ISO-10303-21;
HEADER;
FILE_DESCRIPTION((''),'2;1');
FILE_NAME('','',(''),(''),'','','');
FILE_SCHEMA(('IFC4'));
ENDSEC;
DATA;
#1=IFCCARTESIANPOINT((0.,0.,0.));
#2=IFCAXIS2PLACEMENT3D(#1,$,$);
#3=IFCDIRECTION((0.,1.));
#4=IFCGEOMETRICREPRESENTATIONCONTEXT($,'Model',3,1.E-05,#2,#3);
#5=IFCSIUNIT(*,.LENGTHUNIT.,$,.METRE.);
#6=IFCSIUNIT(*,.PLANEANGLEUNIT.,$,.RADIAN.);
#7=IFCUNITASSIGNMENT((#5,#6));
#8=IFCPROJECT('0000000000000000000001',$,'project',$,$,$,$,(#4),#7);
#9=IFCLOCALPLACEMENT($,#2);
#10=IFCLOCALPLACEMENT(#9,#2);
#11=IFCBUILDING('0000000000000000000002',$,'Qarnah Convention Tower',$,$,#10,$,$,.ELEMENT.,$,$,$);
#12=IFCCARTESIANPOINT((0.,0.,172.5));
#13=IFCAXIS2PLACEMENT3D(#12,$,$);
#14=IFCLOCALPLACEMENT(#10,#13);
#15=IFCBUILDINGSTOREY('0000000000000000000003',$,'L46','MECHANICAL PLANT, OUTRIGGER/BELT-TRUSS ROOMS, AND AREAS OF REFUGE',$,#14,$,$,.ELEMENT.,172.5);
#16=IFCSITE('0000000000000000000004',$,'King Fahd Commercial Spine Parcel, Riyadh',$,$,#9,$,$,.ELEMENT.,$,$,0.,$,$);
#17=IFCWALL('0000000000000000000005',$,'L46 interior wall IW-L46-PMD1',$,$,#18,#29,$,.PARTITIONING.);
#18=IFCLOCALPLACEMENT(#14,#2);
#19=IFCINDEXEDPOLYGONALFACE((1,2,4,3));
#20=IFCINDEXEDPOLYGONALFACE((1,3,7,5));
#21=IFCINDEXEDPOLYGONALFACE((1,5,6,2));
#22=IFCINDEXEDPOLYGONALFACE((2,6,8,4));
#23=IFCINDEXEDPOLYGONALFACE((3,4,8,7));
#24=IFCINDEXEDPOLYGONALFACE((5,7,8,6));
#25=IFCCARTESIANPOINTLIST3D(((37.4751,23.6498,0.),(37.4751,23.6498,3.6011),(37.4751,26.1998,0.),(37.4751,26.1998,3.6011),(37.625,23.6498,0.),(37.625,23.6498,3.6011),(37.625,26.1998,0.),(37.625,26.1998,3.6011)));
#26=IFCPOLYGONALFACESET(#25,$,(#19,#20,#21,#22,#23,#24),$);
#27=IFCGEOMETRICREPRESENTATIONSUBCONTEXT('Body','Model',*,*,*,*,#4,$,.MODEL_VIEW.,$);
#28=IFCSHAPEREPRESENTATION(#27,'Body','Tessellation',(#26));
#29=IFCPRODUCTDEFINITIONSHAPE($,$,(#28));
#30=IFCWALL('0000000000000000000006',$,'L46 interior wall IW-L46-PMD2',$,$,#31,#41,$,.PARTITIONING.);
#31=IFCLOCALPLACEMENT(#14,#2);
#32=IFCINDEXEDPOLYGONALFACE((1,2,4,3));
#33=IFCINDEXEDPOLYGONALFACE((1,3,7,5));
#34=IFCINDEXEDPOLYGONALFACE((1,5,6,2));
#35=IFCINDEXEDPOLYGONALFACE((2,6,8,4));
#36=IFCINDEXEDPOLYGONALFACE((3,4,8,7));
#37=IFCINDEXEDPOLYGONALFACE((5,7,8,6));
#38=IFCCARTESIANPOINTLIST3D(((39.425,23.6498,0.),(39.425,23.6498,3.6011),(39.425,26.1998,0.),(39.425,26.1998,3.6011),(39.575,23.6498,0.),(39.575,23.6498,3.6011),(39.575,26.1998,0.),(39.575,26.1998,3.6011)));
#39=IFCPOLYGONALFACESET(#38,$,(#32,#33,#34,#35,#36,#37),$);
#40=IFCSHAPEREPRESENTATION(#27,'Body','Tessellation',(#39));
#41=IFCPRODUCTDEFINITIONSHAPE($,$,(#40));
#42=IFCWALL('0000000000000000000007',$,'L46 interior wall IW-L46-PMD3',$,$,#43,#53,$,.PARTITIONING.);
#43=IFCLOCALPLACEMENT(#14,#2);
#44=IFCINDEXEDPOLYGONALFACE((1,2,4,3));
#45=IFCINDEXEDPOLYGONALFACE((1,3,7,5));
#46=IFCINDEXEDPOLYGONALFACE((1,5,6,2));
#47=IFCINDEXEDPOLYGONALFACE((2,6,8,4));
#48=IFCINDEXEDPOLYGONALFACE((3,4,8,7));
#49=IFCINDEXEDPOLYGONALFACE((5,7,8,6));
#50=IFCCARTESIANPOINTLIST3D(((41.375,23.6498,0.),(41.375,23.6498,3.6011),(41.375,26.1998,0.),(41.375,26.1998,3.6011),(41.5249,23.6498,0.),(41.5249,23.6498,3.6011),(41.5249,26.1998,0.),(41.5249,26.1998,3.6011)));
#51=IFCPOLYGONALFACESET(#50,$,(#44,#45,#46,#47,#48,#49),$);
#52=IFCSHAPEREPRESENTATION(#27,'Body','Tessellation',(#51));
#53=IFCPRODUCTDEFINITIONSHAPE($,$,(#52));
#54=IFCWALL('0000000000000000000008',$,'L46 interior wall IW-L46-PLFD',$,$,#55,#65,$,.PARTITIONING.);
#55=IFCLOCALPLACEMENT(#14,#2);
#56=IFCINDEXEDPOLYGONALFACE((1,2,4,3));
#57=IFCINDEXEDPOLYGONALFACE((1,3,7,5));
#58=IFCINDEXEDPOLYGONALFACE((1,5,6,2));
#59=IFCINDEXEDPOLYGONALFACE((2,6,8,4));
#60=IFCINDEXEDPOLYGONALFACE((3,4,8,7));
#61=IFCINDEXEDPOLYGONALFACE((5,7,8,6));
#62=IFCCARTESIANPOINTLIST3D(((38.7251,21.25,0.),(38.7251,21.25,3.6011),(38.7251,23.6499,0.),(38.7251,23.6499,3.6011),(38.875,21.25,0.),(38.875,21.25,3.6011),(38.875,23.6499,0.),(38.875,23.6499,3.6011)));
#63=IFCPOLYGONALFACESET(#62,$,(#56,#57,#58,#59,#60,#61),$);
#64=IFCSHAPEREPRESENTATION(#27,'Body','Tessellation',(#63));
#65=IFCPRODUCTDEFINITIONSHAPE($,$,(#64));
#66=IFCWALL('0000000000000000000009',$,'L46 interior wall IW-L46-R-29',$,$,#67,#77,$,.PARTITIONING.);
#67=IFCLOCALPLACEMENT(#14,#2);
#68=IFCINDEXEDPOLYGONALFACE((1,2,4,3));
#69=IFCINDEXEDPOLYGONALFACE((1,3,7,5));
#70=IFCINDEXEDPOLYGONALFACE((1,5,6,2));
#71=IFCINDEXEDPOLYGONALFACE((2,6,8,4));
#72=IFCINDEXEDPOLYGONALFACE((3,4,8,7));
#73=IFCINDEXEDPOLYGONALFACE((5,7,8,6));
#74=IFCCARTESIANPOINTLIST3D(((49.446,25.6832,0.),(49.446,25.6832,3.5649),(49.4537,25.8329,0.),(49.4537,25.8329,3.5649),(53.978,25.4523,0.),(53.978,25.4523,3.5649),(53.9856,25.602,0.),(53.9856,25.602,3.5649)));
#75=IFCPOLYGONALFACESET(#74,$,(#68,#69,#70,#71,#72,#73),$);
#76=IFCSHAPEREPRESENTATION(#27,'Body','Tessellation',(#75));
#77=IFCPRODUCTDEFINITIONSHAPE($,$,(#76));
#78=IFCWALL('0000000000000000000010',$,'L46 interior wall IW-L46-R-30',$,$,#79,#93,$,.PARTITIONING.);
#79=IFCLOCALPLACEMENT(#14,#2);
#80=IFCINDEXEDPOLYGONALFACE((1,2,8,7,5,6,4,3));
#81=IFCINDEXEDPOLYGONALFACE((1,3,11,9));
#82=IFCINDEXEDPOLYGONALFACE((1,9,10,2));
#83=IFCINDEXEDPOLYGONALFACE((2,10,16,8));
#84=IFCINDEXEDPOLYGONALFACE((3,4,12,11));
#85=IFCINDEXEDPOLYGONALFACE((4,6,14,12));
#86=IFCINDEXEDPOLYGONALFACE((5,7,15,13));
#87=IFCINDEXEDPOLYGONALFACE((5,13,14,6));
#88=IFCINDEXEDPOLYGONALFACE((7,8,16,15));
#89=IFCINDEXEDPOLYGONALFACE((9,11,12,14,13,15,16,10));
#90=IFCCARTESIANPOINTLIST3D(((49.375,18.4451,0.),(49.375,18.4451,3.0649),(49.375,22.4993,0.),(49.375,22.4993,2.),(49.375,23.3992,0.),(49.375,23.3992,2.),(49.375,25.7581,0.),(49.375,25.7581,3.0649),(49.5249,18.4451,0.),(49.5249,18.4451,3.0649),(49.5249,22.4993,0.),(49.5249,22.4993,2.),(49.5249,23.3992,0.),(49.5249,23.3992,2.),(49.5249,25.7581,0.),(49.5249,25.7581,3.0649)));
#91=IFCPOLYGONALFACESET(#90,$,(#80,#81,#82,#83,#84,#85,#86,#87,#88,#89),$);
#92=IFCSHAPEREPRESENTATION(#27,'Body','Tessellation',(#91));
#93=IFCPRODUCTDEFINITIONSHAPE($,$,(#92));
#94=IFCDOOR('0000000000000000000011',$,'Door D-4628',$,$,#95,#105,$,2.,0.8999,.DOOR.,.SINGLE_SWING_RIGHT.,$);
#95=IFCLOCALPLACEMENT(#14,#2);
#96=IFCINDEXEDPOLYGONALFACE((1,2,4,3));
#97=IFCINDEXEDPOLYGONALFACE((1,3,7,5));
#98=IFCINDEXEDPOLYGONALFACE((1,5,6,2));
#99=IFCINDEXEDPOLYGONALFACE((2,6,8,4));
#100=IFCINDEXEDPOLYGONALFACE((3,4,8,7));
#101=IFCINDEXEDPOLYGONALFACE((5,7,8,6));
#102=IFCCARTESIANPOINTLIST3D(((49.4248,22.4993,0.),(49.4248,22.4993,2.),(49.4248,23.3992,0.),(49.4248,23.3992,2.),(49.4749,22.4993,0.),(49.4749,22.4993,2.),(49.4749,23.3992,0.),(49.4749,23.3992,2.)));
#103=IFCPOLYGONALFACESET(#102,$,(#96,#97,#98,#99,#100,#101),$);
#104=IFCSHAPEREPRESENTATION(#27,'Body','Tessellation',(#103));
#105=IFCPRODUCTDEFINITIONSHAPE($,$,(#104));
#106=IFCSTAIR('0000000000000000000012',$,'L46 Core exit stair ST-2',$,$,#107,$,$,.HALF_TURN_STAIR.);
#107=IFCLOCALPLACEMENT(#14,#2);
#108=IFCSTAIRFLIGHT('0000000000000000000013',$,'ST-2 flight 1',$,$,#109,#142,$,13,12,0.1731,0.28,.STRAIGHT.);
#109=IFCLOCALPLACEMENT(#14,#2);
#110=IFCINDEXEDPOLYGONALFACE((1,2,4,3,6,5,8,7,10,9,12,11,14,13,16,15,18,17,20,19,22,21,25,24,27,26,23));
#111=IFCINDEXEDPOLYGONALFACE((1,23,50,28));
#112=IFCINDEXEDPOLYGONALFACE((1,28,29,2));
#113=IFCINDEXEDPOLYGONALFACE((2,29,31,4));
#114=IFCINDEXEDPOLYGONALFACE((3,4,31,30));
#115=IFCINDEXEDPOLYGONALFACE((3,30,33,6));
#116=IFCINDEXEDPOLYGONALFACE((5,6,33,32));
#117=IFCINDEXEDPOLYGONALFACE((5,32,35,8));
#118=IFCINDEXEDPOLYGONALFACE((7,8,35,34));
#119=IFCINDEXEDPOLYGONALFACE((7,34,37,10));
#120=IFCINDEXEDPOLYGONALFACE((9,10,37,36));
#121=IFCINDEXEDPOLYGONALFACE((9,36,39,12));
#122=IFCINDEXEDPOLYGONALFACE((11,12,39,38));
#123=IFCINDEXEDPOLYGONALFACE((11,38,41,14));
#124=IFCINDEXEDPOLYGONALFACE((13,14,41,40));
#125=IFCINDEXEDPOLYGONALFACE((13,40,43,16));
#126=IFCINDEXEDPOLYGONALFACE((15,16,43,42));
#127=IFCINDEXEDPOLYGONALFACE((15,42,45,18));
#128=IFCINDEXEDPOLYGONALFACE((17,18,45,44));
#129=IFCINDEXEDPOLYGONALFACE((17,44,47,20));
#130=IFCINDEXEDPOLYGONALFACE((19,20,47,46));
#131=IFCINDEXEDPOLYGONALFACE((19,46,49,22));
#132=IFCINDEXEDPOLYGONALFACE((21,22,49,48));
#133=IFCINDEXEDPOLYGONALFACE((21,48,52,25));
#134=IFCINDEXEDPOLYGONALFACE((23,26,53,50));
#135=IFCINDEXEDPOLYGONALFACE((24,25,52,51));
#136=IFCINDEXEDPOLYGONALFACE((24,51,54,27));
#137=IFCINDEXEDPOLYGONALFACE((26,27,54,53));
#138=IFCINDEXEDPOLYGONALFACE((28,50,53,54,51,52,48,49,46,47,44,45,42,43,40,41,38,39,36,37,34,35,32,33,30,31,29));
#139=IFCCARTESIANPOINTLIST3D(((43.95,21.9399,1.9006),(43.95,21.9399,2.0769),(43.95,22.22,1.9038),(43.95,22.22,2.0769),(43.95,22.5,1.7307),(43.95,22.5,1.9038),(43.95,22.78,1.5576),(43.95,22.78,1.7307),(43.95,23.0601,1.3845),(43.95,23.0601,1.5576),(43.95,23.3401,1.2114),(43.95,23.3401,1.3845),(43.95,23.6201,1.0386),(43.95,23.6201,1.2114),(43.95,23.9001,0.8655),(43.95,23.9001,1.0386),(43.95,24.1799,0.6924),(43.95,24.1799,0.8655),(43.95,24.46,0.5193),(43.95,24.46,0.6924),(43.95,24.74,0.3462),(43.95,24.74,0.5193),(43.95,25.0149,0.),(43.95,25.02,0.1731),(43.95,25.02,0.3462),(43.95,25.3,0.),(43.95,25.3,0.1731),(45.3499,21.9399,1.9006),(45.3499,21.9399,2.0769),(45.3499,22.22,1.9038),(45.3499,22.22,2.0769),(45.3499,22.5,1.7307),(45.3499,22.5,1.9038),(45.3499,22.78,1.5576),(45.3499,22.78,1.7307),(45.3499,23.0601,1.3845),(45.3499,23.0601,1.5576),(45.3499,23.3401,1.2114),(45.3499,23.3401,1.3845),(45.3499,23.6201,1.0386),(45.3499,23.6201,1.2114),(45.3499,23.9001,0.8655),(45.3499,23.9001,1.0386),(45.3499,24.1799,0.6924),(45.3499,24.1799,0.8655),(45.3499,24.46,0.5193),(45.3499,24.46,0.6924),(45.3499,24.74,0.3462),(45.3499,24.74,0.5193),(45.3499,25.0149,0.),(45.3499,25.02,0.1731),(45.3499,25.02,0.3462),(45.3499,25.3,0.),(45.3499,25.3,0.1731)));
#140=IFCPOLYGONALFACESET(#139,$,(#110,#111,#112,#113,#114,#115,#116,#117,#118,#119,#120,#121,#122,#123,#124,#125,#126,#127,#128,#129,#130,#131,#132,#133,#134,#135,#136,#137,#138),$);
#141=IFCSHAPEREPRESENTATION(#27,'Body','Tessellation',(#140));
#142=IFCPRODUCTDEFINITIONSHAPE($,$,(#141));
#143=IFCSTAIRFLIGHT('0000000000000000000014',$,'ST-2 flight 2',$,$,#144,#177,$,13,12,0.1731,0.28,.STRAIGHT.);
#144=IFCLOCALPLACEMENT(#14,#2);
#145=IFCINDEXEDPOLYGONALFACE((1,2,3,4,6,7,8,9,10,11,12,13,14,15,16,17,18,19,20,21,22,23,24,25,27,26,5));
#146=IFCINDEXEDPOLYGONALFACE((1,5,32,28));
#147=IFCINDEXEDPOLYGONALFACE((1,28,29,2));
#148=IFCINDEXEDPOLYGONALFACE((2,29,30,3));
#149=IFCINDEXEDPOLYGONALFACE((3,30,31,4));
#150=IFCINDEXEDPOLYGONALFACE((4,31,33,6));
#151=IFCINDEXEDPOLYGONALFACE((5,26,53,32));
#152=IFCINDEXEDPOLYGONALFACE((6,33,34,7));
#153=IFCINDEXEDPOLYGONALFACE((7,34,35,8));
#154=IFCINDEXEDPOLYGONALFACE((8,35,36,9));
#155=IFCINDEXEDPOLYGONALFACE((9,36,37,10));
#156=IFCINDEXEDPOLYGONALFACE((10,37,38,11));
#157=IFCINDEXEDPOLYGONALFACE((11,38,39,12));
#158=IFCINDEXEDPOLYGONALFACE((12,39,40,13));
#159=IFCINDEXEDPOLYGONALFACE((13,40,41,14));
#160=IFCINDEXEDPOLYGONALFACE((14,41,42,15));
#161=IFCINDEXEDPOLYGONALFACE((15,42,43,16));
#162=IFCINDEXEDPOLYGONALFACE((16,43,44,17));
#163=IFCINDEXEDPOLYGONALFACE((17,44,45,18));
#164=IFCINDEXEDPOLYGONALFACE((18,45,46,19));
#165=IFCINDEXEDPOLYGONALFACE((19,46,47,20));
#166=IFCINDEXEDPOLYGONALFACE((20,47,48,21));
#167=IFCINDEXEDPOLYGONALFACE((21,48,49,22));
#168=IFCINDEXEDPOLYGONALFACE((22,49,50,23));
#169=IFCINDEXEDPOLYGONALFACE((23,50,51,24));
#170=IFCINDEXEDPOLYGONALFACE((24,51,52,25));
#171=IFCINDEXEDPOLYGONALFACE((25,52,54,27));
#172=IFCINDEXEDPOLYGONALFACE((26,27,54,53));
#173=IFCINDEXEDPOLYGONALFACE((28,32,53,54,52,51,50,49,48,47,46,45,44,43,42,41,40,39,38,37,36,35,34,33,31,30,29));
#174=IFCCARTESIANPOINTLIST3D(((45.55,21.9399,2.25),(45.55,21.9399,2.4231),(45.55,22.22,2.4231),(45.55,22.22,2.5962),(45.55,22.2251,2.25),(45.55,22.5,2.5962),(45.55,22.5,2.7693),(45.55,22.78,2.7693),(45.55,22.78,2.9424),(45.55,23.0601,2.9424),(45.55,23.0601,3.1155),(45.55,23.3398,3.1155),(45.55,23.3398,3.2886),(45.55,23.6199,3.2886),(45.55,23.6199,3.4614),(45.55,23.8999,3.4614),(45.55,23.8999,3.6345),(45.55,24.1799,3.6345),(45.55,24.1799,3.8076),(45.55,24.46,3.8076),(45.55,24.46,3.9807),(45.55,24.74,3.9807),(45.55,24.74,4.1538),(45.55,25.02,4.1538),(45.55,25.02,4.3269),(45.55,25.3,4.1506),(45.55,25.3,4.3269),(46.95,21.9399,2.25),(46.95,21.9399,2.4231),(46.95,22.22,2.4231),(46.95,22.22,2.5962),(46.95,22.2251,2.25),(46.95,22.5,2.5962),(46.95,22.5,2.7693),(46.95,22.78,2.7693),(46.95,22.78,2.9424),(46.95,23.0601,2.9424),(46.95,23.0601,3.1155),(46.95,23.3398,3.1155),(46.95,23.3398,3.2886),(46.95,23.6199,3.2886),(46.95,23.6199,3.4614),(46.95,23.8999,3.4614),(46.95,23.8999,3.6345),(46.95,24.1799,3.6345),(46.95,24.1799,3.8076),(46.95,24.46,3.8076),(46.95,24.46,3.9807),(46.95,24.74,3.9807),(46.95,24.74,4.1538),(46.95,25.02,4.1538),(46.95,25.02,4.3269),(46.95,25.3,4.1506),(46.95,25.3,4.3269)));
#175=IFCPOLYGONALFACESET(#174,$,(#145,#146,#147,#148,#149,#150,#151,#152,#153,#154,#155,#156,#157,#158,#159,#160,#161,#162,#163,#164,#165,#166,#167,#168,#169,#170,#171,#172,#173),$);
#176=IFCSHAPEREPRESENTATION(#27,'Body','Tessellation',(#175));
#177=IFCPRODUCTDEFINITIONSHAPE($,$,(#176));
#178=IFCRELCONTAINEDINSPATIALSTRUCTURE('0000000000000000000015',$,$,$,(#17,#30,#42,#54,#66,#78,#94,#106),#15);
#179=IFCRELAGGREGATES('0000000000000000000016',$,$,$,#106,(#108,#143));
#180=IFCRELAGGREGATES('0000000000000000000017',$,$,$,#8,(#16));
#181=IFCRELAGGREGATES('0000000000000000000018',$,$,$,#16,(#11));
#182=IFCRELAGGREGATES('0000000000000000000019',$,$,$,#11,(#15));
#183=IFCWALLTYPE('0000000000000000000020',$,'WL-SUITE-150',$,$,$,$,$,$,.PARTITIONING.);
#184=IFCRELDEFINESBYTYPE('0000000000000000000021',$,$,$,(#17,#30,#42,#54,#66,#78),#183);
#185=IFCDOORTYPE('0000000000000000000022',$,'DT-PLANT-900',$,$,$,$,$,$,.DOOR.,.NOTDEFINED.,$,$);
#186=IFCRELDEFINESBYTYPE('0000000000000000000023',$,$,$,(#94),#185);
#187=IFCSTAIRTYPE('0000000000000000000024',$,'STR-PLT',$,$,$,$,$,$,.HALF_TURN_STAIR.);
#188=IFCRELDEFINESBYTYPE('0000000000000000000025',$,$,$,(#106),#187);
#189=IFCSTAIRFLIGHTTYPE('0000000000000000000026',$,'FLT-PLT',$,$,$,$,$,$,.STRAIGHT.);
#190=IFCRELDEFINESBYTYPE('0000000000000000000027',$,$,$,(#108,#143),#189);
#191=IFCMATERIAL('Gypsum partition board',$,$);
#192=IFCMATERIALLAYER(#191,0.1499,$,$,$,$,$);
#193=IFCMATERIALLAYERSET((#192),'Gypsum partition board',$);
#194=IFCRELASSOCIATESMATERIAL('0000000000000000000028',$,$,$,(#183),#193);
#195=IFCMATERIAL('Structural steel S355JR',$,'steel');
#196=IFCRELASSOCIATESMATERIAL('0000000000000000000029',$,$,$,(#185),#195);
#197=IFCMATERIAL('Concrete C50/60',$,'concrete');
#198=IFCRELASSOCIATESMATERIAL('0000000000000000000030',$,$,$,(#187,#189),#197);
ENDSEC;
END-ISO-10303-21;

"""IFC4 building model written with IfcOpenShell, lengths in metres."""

from ifc_helpers import new_model, si_unit, direction, frame, frame_2d, origin, place, context, subcontext, project, spatial, polyline, rectangle, outline, extrude, material, layer, layer_set, type_object, element, fill, aggregate, save


model = new_model("IFC4")

# Units and contexts
model_context = context("Model", 3, precision=1e-05, world=origin(), true_north=direction((0.0, 1.0)))
body_context = subcontext(model_context, "Body", "Model", "MODEL_VIEW")
ifc_project = project(units=[si_unit("LENGTHUNIT", "METRE"), si_unit("PLANEANGLEUNIT", "RADIAN")], contexts=[model_context])

# Site, building, storey
site_placement = place(None, origin())
site = spatial("IfcSite", under=ifc_project, at=site_placement, Name="King Fahd Commercial Spine Parcel, Riyadh", CompositionType="ELEMENT", RefElevation=0.0)
building_placement = place(site_placement, origin())
building = spatial("IfcBuilding", under=site, at=building_placement, Name="Qarnah Convention Tower", CompositionType="ELEMENT")
storey_placement = place(building_placement, frame((0.0, 0.0, 172.5)))
storey = spatial("IfcBuildingStorey", under=building, at=storey_placement, Name="L46", Description="MECHANICAL PLANT, OUTRIGGER/BELT-TRUSS ROOMS, AND AREAS OF REFUGE", CompositionType="ELEMENT", Elevation=172.5)

# Shared definitions
ifc_material_1 = material(Name="Structural steel S355JR", Category="steel")

# Walls
ifc_material_2 = material(Name="Gypsum partition board")
ifc_layer_1 = layer(ifc_material_2, 0.1499)
ifc_layer_set_1 = layer_set([ifc_layer_1], Name="Gypsum partition board")
wall_type = type_object("IfcWallType", Name="WL-SUITE-150", PredefinedType="PARTITIONING", material=ifc_layer_set_1)
for number, where, z_axis, x_axis, name in (
    (1, (37.55, 23.6499, 0.0), (0.0, 0.0, 1.0), (0.0, 1.0, 0.0), "L46 interior wall IW-L46-PMD1"),
    (2, (39.5, 23.6499, 0.0), (0.0, 0.0, 1.0), (0.0, 1.0, 0.0), "L46 interior wall IW-L46-PMD2"),
    (3, (41.45, 23.6499, 0.0), (0.0, 0.0, 1.0), (0.0, 1.0, 0.0), "L46 interior wall IW-L46-PMD3"),
):
    element("IfcWall", number, at=place(storey_placement, frame(where, z_axis=z_axis, x_axis=x_axis)), inside=storey, type_object=wall_type, Name=name, PredefinedType="PARTITIONING", context=body_context, shape_type="SweptSolid", body=[
        extrude(rectangle(XDim=2.55, YDim=0.1499, at=frame_2d((1.2749, 0.0))), origin(), (0.0, 0.0, 1.0), 3.6011),
    ])
wall_1_placement = place(storey_placement, frame((38.8, 21.25, 0.0), z_axis=(0.0, 0.0, 1.0), x_axis=(0.0, 1.0, 0.0)))
element("IfcWall", 4, at=wall_1_placement, inside=storey, type_object=wall_type, Name="L46 interior wall IW-L46-PLFD", PredefinedType="PARTITIONING", context=body_context, shape_type="SweptSolid", body=[
    extrude(rectangle(XDim=2.3999, YDim=0.1499, at=frame_2d((1.2, 0.0))), origin(), (0.0, 0.0, 1.0), 3.6011),
])
wall_2_placement = place(storey_placement, frame((53.9819, 25.5271, 0.0), z_axis=(0.0, 0.0, 1.0), x_axis=(-0.998704, 0.050896, 0.0)))
element("IfcWall", 5, at=wall_2_placement, inside=storey, type_object=wall_type, Name="L46 interior wall IW-L46-R-29", PredefinedType="PARTITIONING", context=body_context, shape_type="SweptSolid", body=[
    extrude(rectangle(XDim=4.5378, YDim=0.1499, at=frame_2d((2.269, 0.0))), origin(), (0.0, 0.0, 1.0), 3.5649),
])

# Wall, opening, door
wall_3_placement = place(storey_placement, frame((49.45, 25.7581, 0.0), z_axis=(0.0, 0.0, 1.0), x_axis=(0.0, -1.0, 0.0)))
wall_3 = element("IfcWall", 6, at=wall_3_placement, inside=storey, type_object=wall_type, Name="L46 interior wall IW-L46-R-30", PredefinedType="PARTITIONING", context=body_context, shape_type="SweptSolid", body=[
    extrude(rectangle(XDim=7.313, YDim=0.1499, at=frame_2d((3.6565, 0.0))), origin(), (0.0, 0.0, 1.0), 3.0649),
])
opening_placement = place(wall_3_placement, frame((2.3589, 0.0, 0.0)))
opening = element("IfcOpeningElement", 7, at=opening_placement, cuts=wall_3, PredefinedType="OPENING", context=body_context, shape_type="SweptSolid", body=[
    extrude(rectangle(XDim=0.8999, YDim=2.0, at=frame_2d((0.45, 1.0))), frame((0.0, 0.085, 0.0), z_axis=(0.0, -1.0, 0.0), x_axis=(1.0, 0.0, 0.0)), (0.0, 0.0, 1.0), 0.1699),
])
door_type = type_object("IfcDoorType", Name="DT-PLANT-900", OperationType="NOTDEFINED", PredefinedType="DOOR", material=ifc_material_1)
door_placement = place(opening_placement, origin())
door = element("IfcDoor", 8, at=door_placement, inside=storey, type_object=door_type, Name="Door D-4628", OperationType="SINGLE_SWING_RIGHT", OverallHeight=2.0, OverallWidth=0.8999, PredefinedType="DOOR", context=body_context, shape_type="SweptSolid", body=[
    extrude(rectangle(XDim=0.8999, YDim=2.0, at=frame_2d((0.45, 1.0))), frame((0.0, 0.0249, 0.0), z_axis=(0.0, -1.0, 0.0), x_axis=(1.0, 0.0, 0.0)), (0.0, 0.0, 1.0), 0.05),
])
fill(opening, door)

# Stair, stair flights
ifc_material_3 = material(Name="Concrete C50/60", Category="concrete")
stair_type = type_object("IfcStairType", Name="STR-PLT", PredefinedType="HALF_TURN_STAIR", material=ifc_material_3)
stair_placement = place(storey_placement, origin())
stair = element("IfcStair", 9, at=stair_placement, inside=storey, type_object=stair_type, Name="L46 Core exit stair ST-2", PredefinedType="HALF_TURN_STAIR")
stair_flight_type = type_object("IfcStairFlightType", Name="FLT-PLT", PredefinedType="STRAIGHT", material=ifc_material_3)
stair_flight_1_placement = place(storey_placement, frame((44.6499, 25.3, 0.0), z_axis=(0.0, 0.0, 1.0), x_axis=(0.0, -1.0, 0.0)))
stair_flight_1 = element("IfcStairFlight", 10, at=stair_flight_1_placement, type_object=stair_flight_type, Name="ST-2 flight 1", NumberOfRisers=13, NumberOfTreads=12, PredefinedType="STRAIGHT", RiserHeight=0.1731, TreadLength=0.28, context=body_context, shape_type="SweptSolid", body=[
    extrude(outline(polyline([(0.0, 0.0), (0.0, 0.1731), (0.28, 0.1731), (0.28, 0.3462), (0.5601, 0.3462), (0.5601, 0.5193), (0.8401, 0.5193), (0.8401, 0.6924), (1.1201, 0.6924), (1.1201, 0.8655), (1.3999, 0.8655), (1.3999, 1.0386), (1.6799, 1.0386), (1.6799, 1.2114), (1.96, 1.2114), (1.96, 1.3845), (2.24, 1.3845), (2.24, 1.5576), (2.52, 1.5576), (2.52, 1.7307), (2.8, 1.7307), (2.8, 1.9038), (3.0801, 1.9038), (3.0801, 2.0769), (3.3601, 2.0769), (3.3601, 2.25), (3.3601, 1.9006), (0.2852, 0.0), (0.0, 0.0)])), frame((0.0, 0.7, 0.0), z_axis=(0.0, -1.0, 0.0), x_axis=(1.0, 0.0, 0.0)), (0.0, 0.0, 1.0), 1.3999),
])
stair_flight_2_placement = place(storey_placement, frame((46.25, 21.9399, 2.25), z_axis=(0.0, 0.0, 1.0), x_axis=(0.0, 1.0, 0.0)))
stair_flight_2 = element("IfcStairFlight", 11, at=stair_flight_2_placement, type_object=stair_flight_type, Name="ST-2 flight 2", NumberOfRisers=13, NumberOfTreads=12, PredefinedType="STRAIGHT", RiserHeight=0.1731, TreadLength=0.28, context=body_context, shape_type="SweptSolid", body=[
    extrude(outline(polyline([(0.0, 0.0), (0.0, 0.1731), (0.28, 0.1731), (0.28, 0.3462), (0.5601, 0.3462), (0.5601, 0.5193), (0.8401, 0.5193), (0.8401, 0.6924), (1.1201, 0.6924), (1.1201, 0.8655), (1.3999, 0.8655), (1.3999, 1.0386), (1.6799, 1.0386), (1.6799, 1.2114), (1.96, 1.2114), (1.96, 1.3845), (2.24, 1.3845), (2.24, 1.5576), (2.52, 1.5576), (2.52, 1.7307), (2.8, 1.7307), (2.8, 1.9038), (3.0801, 1.9038), (3.0801, 2.0769), (3.3601, 2.0769), (3.3601, 2.25), (3.3601, 1.9006), (0.2852, 0.0), (0.0, 0.0)])), frame((0.0, 0.7, 0.0), z_axis=(0.0, -1.0, 0.0), x_axis=(1.0, 0.0, 0.0)), (0.0, 0.0, 1.0), 1.3999),
])
aggregate(stair, [stair_flight_1, stair_flight_2])

save(model, "model.ifc")
